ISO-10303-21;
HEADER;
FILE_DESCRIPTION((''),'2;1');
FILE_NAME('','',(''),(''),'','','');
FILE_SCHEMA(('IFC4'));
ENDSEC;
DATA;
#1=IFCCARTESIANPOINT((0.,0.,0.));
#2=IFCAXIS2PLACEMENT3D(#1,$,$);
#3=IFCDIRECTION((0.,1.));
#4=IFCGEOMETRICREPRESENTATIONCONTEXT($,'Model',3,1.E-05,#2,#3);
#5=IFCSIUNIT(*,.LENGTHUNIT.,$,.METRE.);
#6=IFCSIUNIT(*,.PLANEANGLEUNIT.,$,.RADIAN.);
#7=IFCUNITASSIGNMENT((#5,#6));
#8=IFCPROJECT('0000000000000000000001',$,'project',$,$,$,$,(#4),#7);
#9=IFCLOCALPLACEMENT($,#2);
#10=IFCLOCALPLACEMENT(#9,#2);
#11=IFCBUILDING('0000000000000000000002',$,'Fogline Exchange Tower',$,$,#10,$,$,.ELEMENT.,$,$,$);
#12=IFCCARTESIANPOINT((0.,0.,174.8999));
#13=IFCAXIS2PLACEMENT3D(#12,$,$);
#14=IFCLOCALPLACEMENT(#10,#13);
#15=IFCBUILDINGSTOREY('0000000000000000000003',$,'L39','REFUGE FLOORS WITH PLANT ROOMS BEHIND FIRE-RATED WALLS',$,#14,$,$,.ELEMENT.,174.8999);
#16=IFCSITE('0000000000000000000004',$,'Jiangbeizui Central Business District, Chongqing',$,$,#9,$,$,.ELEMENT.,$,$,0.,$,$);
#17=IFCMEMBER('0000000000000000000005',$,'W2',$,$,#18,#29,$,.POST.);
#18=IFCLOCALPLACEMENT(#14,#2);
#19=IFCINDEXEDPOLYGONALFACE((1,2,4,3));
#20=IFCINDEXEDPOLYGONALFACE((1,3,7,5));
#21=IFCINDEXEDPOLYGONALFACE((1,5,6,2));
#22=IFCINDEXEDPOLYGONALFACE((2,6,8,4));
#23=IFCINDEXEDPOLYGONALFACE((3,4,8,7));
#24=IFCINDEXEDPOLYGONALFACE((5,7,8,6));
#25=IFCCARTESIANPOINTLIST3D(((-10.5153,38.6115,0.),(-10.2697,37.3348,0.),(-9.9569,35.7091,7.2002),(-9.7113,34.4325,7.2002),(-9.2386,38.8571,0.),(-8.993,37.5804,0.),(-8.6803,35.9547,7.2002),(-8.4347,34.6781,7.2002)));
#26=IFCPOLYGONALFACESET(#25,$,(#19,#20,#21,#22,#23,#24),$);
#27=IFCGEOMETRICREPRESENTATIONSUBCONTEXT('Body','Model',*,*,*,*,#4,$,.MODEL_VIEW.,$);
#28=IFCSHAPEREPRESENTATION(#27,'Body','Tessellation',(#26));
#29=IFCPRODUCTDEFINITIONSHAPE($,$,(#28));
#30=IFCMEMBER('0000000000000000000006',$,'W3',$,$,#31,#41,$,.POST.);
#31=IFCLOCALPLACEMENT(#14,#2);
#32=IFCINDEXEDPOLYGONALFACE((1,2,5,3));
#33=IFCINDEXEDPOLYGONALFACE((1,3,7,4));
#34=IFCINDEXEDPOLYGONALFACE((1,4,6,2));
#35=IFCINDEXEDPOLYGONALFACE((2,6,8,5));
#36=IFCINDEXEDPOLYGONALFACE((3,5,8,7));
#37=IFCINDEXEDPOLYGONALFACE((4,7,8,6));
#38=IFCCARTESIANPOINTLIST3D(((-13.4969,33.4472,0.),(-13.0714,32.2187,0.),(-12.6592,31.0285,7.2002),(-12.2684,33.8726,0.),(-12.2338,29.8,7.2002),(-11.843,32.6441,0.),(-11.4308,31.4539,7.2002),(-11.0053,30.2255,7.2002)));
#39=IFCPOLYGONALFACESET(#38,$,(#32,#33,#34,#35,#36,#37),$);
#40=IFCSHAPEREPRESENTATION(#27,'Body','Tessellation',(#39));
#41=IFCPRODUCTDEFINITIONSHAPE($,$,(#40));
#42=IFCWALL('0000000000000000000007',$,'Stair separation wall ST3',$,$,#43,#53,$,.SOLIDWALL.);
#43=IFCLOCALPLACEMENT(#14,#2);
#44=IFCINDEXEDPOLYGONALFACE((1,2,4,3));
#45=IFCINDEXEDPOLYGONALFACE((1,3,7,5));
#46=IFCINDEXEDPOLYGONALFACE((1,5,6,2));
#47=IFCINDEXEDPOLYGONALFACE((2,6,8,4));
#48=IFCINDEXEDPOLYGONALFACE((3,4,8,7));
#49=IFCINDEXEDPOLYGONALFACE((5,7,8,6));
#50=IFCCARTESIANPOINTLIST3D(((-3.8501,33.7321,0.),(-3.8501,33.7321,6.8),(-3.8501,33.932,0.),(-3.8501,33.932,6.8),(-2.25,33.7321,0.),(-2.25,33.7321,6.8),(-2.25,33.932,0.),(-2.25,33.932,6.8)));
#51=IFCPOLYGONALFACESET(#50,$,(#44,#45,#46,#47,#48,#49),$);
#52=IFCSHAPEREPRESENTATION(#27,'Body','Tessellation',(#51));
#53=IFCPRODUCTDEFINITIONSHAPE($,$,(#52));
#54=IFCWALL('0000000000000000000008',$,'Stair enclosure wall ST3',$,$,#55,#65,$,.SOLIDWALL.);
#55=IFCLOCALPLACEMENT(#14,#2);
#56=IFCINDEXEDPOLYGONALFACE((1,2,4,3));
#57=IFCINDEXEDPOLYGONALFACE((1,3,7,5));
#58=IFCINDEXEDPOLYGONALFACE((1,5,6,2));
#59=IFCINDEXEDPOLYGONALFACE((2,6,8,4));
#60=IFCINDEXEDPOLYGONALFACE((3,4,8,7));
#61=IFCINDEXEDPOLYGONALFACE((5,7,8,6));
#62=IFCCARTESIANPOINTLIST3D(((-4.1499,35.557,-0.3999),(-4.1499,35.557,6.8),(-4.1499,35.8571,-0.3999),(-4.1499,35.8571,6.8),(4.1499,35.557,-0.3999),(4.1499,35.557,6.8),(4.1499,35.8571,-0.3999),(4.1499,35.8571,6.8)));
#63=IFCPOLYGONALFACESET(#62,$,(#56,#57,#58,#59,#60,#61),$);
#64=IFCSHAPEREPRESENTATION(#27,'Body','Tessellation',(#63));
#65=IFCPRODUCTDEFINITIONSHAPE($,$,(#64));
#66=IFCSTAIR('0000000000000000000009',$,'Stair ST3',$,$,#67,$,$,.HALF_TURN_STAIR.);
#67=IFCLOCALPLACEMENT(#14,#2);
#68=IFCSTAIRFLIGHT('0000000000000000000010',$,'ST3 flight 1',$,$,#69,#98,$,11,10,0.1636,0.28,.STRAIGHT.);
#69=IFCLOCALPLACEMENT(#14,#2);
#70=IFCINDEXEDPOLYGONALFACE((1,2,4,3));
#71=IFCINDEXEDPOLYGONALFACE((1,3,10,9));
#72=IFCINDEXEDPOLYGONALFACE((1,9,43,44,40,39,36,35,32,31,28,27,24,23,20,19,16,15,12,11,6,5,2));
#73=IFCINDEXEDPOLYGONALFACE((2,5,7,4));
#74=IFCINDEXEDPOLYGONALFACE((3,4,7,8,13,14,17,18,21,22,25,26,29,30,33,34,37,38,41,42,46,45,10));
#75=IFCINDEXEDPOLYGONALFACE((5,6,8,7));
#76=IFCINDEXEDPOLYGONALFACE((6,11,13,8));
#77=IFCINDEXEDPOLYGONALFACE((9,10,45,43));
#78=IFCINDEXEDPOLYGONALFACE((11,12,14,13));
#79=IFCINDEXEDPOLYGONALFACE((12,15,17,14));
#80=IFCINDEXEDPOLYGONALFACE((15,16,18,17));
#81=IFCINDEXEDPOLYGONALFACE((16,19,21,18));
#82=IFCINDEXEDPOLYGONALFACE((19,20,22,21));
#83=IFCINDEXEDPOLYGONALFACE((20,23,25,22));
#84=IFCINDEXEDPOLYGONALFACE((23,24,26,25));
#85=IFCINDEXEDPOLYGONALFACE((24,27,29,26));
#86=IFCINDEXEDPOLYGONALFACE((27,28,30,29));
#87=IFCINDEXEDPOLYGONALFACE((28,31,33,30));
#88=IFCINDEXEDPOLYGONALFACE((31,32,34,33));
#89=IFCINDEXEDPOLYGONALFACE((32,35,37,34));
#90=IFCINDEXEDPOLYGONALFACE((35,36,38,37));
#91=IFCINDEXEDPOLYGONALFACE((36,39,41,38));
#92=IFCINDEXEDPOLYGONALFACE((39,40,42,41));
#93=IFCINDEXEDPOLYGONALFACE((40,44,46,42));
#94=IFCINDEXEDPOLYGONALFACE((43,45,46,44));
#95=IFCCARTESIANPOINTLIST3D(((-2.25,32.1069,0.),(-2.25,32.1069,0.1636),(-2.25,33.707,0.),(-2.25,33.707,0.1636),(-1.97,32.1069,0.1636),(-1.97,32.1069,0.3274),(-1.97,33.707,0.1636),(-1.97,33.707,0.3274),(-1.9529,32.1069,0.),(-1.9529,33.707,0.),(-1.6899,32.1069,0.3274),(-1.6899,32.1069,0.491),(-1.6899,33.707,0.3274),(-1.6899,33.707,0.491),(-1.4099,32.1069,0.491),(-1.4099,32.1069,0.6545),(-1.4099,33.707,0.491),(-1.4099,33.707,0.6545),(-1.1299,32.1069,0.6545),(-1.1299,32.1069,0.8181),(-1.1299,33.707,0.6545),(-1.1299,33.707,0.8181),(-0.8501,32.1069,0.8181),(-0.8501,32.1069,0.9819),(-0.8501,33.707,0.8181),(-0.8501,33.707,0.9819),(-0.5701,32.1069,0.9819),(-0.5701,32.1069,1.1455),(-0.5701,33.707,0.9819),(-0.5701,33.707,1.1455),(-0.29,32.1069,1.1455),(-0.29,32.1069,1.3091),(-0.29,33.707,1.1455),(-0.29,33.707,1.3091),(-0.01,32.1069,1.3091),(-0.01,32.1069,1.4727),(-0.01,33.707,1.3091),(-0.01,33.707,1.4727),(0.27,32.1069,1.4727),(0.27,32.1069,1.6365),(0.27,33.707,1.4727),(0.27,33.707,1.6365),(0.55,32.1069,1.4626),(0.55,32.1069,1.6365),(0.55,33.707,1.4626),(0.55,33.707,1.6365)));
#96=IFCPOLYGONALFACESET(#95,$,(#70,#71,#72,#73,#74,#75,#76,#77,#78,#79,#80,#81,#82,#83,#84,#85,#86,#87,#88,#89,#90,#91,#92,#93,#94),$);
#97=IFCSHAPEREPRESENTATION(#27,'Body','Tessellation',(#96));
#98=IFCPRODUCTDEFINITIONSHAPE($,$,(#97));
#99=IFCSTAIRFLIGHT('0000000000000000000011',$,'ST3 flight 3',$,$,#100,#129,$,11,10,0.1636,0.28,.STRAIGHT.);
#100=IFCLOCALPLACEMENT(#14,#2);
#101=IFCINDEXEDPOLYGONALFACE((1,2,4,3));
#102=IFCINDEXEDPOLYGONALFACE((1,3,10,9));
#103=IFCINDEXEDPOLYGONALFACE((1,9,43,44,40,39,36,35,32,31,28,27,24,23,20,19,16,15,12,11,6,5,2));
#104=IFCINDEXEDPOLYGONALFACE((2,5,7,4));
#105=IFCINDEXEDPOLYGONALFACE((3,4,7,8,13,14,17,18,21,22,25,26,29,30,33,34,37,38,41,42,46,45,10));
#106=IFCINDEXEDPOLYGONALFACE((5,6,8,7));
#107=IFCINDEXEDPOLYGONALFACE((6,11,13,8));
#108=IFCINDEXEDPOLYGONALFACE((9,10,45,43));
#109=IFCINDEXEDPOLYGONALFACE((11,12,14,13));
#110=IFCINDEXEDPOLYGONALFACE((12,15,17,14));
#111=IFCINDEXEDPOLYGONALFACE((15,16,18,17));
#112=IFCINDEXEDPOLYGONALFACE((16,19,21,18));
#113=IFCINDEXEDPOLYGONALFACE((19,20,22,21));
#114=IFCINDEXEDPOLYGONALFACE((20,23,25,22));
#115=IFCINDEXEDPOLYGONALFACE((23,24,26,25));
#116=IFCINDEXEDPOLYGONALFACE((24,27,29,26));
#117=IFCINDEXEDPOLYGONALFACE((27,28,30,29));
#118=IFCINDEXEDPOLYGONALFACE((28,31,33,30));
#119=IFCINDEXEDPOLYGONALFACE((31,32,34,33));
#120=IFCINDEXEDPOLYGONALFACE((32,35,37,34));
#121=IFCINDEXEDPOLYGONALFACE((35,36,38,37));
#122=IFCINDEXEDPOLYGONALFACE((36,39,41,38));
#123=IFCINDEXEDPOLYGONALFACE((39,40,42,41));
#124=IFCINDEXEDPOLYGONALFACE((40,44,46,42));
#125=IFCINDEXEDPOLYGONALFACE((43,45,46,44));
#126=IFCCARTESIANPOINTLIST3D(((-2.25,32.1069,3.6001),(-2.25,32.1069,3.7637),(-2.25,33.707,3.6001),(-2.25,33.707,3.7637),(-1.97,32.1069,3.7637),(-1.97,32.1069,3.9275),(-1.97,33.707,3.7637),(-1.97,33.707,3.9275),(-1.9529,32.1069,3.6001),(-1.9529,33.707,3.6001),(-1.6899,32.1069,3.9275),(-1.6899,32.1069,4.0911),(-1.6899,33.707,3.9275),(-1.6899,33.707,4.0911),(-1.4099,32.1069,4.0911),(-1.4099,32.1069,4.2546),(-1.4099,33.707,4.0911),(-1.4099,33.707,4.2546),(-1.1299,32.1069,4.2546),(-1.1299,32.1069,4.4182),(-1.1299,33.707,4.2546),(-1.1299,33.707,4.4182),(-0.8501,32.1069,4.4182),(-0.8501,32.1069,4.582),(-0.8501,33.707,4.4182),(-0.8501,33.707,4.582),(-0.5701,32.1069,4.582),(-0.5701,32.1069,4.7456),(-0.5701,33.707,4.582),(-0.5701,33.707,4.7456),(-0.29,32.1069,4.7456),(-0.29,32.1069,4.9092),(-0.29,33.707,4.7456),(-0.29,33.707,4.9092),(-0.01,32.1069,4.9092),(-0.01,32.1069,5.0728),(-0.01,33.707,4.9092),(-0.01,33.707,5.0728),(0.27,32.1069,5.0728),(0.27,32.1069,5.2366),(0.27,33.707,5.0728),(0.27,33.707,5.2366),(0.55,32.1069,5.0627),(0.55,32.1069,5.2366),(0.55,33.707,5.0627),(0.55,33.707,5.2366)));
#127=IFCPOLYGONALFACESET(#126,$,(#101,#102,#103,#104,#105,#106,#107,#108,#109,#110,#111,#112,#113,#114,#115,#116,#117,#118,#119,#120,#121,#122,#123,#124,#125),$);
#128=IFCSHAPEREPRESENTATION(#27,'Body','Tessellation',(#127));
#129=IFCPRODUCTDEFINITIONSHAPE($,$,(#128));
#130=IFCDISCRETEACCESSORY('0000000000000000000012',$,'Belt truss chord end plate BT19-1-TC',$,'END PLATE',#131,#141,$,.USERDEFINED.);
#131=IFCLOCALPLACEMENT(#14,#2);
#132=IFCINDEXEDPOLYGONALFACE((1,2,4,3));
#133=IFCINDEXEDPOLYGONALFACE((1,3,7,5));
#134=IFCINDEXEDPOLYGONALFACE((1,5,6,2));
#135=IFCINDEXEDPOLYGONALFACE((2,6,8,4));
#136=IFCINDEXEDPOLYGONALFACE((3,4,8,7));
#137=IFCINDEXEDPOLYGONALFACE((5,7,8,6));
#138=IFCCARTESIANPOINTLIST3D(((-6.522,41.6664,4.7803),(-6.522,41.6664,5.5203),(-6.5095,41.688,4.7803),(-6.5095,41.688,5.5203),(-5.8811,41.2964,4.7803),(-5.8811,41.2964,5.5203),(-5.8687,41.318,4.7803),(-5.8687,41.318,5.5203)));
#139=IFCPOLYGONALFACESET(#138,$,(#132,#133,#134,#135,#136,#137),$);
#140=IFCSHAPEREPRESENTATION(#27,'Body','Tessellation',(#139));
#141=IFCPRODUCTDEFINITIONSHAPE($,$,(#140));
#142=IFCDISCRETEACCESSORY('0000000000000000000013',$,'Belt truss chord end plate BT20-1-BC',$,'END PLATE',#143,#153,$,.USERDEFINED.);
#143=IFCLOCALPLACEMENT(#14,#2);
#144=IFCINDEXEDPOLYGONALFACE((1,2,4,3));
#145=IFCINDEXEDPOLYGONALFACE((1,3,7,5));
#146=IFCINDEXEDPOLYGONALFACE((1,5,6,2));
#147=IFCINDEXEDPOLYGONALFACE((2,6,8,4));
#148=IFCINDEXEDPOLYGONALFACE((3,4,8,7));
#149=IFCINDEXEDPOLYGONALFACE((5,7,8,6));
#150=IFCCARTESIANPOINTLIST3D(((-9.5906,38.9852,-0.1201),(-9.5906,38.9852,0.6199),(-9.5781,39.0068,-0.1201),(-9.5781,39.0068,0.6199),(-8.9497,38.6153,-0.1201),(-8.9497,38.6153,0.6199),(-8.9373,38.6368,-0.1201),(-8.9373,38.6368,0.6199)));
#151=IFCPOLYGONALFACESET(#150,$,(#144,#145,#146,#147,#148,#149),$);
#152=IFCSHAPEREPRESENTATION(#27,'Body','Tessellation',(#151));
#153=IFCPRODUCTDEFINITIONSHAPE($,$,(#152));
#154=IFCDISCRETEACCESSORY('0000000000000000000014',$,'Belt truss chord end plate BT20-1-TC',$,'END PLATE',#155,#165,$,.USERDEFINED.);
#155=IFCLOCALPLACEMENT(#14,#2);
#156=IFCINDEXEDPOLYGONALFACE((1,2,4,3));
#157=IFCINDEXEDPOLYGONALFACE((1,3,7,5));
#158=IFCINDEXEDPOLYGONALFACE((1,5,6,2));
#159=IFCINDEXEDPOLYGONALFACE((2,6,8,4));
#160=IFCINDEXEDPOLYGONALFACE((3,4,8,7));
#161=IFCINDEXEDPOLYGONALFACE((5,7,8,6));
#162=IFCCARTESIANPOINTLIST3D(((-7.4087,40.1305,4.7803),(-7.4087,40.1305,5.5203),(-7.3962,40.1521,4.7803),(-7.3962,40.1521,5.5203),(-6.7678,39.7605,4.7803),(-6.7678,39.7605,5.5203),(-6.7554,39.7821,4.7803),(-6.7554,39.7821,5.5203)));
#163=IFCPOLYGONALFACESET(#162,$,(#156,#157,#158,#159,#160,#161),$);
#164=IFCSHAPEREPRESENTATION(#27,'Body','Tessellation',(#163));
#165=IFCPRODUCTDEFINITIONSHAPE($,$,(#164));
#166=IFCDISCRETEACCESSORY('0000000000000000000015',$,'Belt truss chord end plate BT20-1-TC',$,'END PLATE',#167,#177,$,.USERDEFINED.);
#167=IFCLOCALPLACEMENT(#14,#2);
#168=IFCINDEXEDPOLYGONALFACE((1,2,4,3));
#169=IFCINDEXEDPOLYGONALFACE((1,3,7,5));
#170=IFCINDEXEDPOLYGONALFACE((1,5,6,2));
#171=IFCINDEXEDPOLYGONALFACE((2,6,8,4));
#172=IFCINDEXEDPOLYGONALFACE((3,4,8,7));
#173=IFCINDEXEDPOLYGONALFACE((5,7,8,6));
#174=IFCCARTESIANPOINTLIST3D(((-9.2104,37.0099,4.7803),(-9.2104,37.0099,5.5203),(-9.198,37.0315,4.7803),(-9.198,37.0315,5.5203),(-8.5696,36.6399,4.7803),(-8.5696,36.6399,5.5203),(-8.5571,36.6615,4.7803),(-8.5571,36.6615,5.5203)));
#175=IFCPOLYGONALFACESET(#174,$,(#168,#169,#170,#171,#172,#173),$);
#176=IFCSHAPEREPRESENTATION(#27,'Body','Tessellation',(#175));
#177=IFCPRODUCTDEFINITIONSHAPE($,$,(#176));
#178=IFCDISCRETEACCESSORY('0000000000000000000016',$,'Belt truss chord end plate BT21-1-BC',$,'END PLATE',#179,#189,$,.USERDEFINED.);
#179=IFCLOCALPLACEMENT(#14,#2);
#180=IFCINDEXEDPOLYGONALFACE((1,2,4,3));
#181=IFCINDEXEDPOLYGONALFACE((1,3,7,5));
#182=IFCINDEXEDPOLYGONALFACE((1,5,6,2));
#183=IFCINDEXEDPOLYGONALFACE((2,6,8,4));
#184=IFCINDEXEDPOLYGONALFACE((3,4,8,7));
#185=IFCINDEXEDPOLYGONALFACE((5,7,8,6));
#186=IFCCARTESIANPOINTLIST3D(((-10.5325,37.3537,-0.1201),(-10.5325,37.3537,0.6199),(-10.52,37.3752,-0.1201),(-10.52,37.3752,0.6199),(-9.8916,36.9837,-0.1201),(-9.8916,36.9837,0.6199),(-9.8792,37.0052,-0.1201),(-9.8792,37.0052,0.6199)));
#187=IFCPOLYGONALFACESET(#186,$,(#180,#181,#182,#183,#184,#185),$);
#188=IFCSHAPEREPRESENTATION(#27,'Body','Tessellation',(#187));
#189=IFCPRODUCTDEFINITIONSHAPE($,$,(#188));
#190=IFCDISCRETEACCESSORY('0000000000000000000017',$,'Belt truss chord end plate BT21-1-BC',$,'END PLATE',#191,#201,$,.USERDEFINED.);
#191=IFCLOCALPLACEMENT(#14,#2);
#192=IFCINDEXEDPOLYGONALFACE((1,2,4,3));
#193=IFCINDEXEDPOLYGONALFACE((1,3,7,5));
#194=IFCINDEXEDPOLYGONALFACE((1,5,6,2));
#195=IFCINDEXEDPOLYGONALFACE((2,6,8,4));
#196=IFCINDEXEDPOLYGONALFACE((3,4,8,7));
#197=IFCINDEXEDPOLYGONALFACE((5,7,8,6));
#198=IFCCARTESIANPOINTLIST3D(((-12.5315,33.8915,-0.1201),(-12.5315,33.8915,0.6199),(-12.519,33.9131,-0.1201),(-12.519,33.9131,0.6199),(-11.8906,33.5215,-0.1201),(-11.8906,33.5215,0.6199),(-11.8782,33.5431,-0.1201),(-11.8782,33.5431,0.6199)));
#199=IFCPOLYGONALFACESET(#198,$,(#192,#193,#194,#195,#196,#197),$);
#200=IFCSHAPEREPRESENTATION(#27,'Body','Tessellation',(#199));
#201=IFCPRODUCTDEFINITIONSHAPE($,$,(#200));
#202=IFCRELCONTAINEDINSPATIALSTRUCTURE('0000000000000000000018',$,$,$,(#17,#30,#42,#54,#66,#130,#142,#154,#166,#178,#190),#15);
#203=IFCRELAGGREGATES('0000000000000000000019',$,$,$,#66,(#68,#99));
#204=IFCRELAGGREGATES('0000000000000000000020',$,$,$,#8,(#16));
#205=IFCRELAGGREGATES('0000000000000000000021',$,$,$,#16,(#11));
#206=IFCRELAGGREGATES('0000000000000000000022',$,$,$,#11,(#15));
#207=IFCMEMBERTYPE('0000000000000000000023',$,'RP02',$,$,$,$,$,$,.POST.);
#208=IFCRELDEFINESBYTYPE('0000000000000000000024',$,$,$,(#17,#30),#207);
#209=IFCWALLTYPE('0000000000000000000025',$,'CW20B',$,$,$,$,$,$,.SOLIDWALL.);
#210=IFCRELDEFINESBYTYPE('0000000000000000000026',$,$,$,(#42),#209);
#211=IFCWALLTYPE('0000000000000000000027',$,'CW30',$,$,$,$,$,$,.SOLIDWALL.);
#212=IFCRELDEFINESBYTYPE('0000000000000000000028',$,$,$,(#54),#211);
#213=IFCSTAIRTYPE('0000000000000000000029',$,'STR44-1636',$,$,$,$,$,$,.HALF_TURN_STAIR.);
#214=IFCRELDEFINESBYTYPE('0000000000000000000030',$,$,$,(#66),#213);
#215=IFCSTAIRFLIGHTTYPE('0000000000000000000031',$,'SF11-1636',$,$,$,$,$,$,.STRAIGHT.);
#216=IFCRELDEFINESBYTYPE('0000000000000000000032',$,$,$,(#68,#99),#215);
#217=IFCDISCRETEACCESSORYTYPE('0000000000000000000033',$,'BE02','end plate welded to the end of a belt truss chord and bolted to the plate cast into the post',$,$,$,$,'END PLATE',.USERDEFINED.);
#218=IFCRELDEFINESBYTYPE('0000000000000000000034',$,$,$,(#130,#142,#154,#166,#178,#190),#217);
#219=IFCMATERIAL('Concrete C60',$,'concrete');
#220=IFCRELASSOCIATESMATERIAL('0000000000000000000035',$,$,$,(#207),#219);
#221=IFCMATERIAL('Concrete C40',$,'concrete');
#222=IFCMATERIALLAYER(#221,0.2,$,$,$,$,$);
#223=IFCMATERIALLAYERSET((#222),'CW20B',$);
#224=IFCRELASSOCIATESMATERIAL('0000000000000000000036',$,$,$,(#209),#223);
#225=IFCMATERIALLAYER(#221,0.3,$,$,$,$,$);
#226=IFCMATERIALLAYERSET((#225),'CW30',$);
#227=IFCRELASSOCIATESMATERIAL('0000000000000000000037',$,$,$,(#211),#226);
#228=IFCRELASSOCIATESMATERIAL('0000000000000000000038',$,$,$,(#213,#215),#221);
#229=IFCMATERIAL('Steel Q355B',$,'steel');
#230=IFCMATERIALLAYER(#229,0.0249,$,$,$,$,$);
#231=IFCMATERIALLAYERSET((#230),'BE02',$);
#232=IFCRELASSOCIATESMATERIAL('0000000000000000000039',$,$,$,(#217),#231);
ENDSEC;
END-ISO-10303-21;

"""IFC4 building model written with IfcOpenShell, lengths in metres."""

from ifc_helpers import new_model, si_unit, direction, frame, frame_2d, origin, origin_2d, place, context, subcontext, project, spatial, polyline, rectangle, outline, extrude, material, layer, layer_set, material_profile, profile_set, type_object, element, aggregate, save


model = new_model("IFC4")

# Units and contexts
model_context = context("Model", 3, precision=1e-05, world=origin(), true_north=direction((0.0, 1.0)))
body_context = subcontext(model_context, "Body", "Model", "MODEL_VIEW")
ifc_project = project(units=[si_unit("LENGTHUNIT", "METRE"), si_unit("PLANEANGLEUNIT", "RADIAN")], contexts=[model_context])

# Site, building, storey
site_placement = place(None, origin())
site = spatial("IfcSite", under=ifc_project, at=site_placement, Name="Jiangbeizui Central Business District, Chongqing", CompositionType="ELEMENT", RefElevation=0.0)
building_placement = place(site_placement, origin())
building = spatial("IfcBuilding", under=site, at=building_placement, Name="Fogline Exchange Tower", CompositionType="ELEMENT")
storey_placement = place(building_placement, frame((0.0, 0.0, 174.8999)))
storey = spatial("IfcBuildingStorey", under=building, at=storey_placement, Name="L39", Description="REFUGE FLOORS WITH PLANT ROOMS BEHIND FIRE-RATED WALLS", CompositionType="ELEMENT", Elevation=174.8999)

# Shared definitions
ifc_material_1 = material(Name="Concrete C40", Category="concrete")

# Members
ifc_material_2 = material(Name="Steel Q355B", Category="steel")
ifc_material_3 = material(Name="Concrete C60", Category="concrete")
ifc_material_profile_1 = material_profile(ifc_material_3, rectangle(XDim=1.3, YDim=1.3, at=origin_2d()), Name="RC 1300x1300")
ifc_profile_set_1 = profile_set([ifc_material_profile_1], Name="Concrete C60")
member_type_1 = type_object("IfcMemberType", Name="RP02", PredefinedType="POST", material=ifc_profile_set_1)
member_1_placement = place(storey_placement, frame((-9.7542, 38.0959, 0.0), z_axis=(0.0, 0.0, 1.0), x_axis=(0.981993, 0.188915, 0.0)))
element("IfcMember", 1, at=member_1_placement, inside=storey, type_object=member_type_1, Name="W2", PredefinedType="POST", context=body_context, shape_type="SweptSolid", body=[
    extrude(rectangle(XDim=1.3, YDim=1.3, at=origin_2d()), origin(), (0.0, -0.379736, 0.925095), 7.7832),
])
member_2_placement = place(storey_placement, frame((-12.6699, 33.0457, 0.0), z_axis=(0.0, 0.0, 1.0), x_axis=(0.944937, 0.327251, 0.0)))
element("IfcMember", 2, at=member_2_placement, inside=storey, type_object=member_type_1, Name="W3", PredefinedType="POST", context=body_context, shape_type="SweptSolid", body=[
    extrude(rectangle(XDim=1.3, YDim=1.3, at=origin_2d()), origin(), (0.0, -0.33496, 0.942232), 7.6416),
])

# Walls
ifc_layer_1 = layer(ifc_material_1, 0.2)
ifc_layer_set_1 = layer_set([ifc_layer_1], Name="CW20B")
wall_type_1 = type_object("IfcWallType", Name="CW20B", PredefinedType="SOLIDWALL", material=ifc_layer_set_1)
wall_1_placement = place(storey_placement, frame((-3.8501, 33.832, 0.0), z_axis=(0.0, 0.0, 1.0), x_axis=(1.0, 0.0, 0.0)))
element("IfcWall", 3, at=wall_1_placement, inside=storey, type_object=wall_type_1, Name="Stair separation wall ST3", PredefinedType="SOLIDWALL", context=body_context, shape_type="SweptSolid", body=[
    extrude(rectangle(XDim=1.6001, YDim=0.2, at=frame_2d((0.8, 0.0))), origin(), (0.0, 0.0, 1.0), 6.8),
])
ifc_layer_2 = layer(ifc_material_1, 0.3)
ifc_layer_set_2 = layer_set([ifc_layer_2], Name="CW30")
wall_type_2 = type_object("IfcWallType", Name="CW30", PredefinedType="SOLIDWALL", material=ifc_layer_set_2)
wall_2_placement = place(storey_placement, frame((-4.1499, 35.707, -0.3999), z_axis=(0.0, 0.0, 1.0), x_axis=(1.0, 0.0, 0.0)))
element("IfcWall", 4, at=wall_2_placement, inside=storey, type_object=wall_type_2, Name="Stair enclosure wall ST3", PredefinedType="SOLIDWALL", context=body_context, shape_type="SweptSolid", body=[
    extrude(rectangle(XDim=8.2998, YDim=0.3, at=frame_2d((4.1499, 0.0))), origin(), (0.0, 0.0, 1.0), 7.2),
])

# Stair, stair flights
stair_type = type_object("IfcStairType", Name="STR44-1636", PredefinedType="HALF_TURN_STAIR", material=ifc_material_1)
stair_placement = place(storey_placement, origin())
stair = element("IfcStair", 5, at=stair_placement, inside=storey, type_object=stair_type, Name="Stair ST3", PredefinedType="HALF_TURN_STAIR")
stair_flight_type = type_object("IfcStairFlightType", Name="SF11-1636", PredefinedType="STRAIGHT", material=ifc_material_1)
stair_flight_1_placement = place(storey_placement, frame((-2.25, 32.907, 0.0), z_axis=(0.0, 0.0, 1.0), x_axis=(1.0, 0.0, 0.0)))
stair_flight_1 = element("IfcStairFlight", 6, at=stair_flight_1_placement, type_object=stair_flight_type, Name="ST3 flight 1", NumberOfRisers=11, NumberOfTreads=10, PredefinedType="STRAIGHT", RiserHeight=0.1636, TreadLength=0.28, context=body_context, shape_type="SweptSolid", body=[
    extrude(outline(polyline([(0.0, 0.0), (0.0, 0.1636), (0.28, 0.1636), (0.28, 0.3274), (0.5601, 0.3274), (0.5601, 0.491), (0.8401, 0.491), (0.8401, 0.6545), (1.1201, 0.6545), (1.1201, 0.8181), (1.3999, 0.8181), (1.3999, 0.9819), (1.6799, 0.9819), (1.6799, 1.1455), (1.96, 1.1455), (1.96, 1.3091), (2.24, 1.3091), (2.24, 1.4727), (2.52, 1.4727), (2.52, 1.6365), (2.8, 1.6365), (2.8, 1.8), (2.8, 1.4626), (0.2971, 0.0), (0.0, 0.0)])), frame((0.0, 0.8, 0.0), z_axis=(0.0, -1.0, 0.0), x_axis=(1.0, 0.0, 0.0)), (0.0, 0.0, 1.0), 1.6001),
])
stair_flight_2_placement = place(storey_placement, frame((-2.25, 32.907, 3.6001), z_axis=(0.0, 0.0, 1.0), x_axis=(1.0, 0.0, 0.0)))
stair_flight_2 = element("IfcStairFlight", 7, at=stair_flight_2_placement, type_object=stair_flight_type, Name="ST3 flight 3", NumberOfRisers=11, NumberOfTreads=10, PredefinedType="STRAIGHT", RiserHeight=0.1636, TreadLength=0.28, context=body_context, shape_type="SweptSolid", body=[
    extrude(outline(polyline([(0.0, 0.0), (0.0, 0.1636), (0.28, 0.1636), (0.28, 0.3274), (0.5601, 0.3274), (0.5601, 0.491), (0.8401, 0.491), (0.8401, 0.6545), (1.1201, 0.6545), (1.1201, 0.8181), (1.3999, 0.8181), (1.3999, 0.9819), (1.6799, 0.9819), (1.6799, 1.1455), (1.96, 1.1455), (1.96, 1.3091), (2.24, 1.3091), (2.24, 1.4727), (2.52, 1.4727), (2.52, 1.6365), (2.8, 1.6365), (2.8, 1.8), (2.8, 1.4626), (0.2971, 0.0), (0.0, 0.0)])), frame((0.0, 0.8, 0.0), z_axis=(0.0, -1.0, 0.0), x_axis=(1.0, 0.0, 0.0)), (0.0, 0.0, 1.0), 1.6001),
])
aggregate(stair, [stair_flight_1, stair_flight_2])

# Discrete accessories
ifc_layer_3 = layer(ifc_material_2, 0.0249)
ifc_layer_set_3 = layer_set([ifc_layer_3], Name="BE02")
discrete_accessory_type = type_object("IfcDiscreteAccessoryType", Name="BE02", Description="end plate welded to the end of a belt truss chord and bolted to the plate cast into the post", ElementType="END PLATE", PredefinedType="USERDEFINED", material=ifc_layer_set_3)
for number, where, z_axis, x_axis, name in (
    (8, (-6.1953, 41.4922, 4.7803), (0.0, 0.0, 1.0), (-0.5, -0.866025, 0.0), "Belt truss chord end plate BT19-1-TC"),
    (9, (-9.2639, 38.811, -0.1201), (0.0, 0.0, 1.0), (-0.5, -0.866025, 0.0), "Belt truss chord end plate BT20-1-BC"),
    (10, (-7.082, 39.9563, 4.7803), (0.0, 0.0, 1.0), (0.5, 0.866025, 0.0), "Belt truss chord end plate BT20-1-TC"),
    (11, (-8.8838, 36.8357, 4.7803), (0.0, 0.0, 1.0), (-0.5, -0.866025, 0.0), "Belt truss chord end plate BT20-1-TC"),
    (12, (-10.2058, 37.1794, -0.1201), (0.0, 0.0, 1.0), (0.5, 0.866025, 0.0), "Belt truss chord end plate BT21-1-BC"),
    (13, (-12.2048, 33.7173, -0.1201), (0.0, 0.0, 1.0), (-0.5, -0.866025, 0.0), "Belt truss chord end plate BT21-1-BC"),
):
    element("IfcDiscreteAccessory", number, at=place(storey_placement, frame(where, z_axis=z_axis, x_axis=x_axis)), inside=storey, type_object=discrete_accessory_type, Name=name, ObjectType="END PLATE", PredefinedType="USERDEFINED", context=body_context, shape_type="SweptSolid", body=[
        extrude(rectangle(XDim=0.0249, YDim=0.74, at=origin_2d()), origin(), (0.0, 0.0, 1.0), 0.74),
    ])

save(model, "model.ifc")
